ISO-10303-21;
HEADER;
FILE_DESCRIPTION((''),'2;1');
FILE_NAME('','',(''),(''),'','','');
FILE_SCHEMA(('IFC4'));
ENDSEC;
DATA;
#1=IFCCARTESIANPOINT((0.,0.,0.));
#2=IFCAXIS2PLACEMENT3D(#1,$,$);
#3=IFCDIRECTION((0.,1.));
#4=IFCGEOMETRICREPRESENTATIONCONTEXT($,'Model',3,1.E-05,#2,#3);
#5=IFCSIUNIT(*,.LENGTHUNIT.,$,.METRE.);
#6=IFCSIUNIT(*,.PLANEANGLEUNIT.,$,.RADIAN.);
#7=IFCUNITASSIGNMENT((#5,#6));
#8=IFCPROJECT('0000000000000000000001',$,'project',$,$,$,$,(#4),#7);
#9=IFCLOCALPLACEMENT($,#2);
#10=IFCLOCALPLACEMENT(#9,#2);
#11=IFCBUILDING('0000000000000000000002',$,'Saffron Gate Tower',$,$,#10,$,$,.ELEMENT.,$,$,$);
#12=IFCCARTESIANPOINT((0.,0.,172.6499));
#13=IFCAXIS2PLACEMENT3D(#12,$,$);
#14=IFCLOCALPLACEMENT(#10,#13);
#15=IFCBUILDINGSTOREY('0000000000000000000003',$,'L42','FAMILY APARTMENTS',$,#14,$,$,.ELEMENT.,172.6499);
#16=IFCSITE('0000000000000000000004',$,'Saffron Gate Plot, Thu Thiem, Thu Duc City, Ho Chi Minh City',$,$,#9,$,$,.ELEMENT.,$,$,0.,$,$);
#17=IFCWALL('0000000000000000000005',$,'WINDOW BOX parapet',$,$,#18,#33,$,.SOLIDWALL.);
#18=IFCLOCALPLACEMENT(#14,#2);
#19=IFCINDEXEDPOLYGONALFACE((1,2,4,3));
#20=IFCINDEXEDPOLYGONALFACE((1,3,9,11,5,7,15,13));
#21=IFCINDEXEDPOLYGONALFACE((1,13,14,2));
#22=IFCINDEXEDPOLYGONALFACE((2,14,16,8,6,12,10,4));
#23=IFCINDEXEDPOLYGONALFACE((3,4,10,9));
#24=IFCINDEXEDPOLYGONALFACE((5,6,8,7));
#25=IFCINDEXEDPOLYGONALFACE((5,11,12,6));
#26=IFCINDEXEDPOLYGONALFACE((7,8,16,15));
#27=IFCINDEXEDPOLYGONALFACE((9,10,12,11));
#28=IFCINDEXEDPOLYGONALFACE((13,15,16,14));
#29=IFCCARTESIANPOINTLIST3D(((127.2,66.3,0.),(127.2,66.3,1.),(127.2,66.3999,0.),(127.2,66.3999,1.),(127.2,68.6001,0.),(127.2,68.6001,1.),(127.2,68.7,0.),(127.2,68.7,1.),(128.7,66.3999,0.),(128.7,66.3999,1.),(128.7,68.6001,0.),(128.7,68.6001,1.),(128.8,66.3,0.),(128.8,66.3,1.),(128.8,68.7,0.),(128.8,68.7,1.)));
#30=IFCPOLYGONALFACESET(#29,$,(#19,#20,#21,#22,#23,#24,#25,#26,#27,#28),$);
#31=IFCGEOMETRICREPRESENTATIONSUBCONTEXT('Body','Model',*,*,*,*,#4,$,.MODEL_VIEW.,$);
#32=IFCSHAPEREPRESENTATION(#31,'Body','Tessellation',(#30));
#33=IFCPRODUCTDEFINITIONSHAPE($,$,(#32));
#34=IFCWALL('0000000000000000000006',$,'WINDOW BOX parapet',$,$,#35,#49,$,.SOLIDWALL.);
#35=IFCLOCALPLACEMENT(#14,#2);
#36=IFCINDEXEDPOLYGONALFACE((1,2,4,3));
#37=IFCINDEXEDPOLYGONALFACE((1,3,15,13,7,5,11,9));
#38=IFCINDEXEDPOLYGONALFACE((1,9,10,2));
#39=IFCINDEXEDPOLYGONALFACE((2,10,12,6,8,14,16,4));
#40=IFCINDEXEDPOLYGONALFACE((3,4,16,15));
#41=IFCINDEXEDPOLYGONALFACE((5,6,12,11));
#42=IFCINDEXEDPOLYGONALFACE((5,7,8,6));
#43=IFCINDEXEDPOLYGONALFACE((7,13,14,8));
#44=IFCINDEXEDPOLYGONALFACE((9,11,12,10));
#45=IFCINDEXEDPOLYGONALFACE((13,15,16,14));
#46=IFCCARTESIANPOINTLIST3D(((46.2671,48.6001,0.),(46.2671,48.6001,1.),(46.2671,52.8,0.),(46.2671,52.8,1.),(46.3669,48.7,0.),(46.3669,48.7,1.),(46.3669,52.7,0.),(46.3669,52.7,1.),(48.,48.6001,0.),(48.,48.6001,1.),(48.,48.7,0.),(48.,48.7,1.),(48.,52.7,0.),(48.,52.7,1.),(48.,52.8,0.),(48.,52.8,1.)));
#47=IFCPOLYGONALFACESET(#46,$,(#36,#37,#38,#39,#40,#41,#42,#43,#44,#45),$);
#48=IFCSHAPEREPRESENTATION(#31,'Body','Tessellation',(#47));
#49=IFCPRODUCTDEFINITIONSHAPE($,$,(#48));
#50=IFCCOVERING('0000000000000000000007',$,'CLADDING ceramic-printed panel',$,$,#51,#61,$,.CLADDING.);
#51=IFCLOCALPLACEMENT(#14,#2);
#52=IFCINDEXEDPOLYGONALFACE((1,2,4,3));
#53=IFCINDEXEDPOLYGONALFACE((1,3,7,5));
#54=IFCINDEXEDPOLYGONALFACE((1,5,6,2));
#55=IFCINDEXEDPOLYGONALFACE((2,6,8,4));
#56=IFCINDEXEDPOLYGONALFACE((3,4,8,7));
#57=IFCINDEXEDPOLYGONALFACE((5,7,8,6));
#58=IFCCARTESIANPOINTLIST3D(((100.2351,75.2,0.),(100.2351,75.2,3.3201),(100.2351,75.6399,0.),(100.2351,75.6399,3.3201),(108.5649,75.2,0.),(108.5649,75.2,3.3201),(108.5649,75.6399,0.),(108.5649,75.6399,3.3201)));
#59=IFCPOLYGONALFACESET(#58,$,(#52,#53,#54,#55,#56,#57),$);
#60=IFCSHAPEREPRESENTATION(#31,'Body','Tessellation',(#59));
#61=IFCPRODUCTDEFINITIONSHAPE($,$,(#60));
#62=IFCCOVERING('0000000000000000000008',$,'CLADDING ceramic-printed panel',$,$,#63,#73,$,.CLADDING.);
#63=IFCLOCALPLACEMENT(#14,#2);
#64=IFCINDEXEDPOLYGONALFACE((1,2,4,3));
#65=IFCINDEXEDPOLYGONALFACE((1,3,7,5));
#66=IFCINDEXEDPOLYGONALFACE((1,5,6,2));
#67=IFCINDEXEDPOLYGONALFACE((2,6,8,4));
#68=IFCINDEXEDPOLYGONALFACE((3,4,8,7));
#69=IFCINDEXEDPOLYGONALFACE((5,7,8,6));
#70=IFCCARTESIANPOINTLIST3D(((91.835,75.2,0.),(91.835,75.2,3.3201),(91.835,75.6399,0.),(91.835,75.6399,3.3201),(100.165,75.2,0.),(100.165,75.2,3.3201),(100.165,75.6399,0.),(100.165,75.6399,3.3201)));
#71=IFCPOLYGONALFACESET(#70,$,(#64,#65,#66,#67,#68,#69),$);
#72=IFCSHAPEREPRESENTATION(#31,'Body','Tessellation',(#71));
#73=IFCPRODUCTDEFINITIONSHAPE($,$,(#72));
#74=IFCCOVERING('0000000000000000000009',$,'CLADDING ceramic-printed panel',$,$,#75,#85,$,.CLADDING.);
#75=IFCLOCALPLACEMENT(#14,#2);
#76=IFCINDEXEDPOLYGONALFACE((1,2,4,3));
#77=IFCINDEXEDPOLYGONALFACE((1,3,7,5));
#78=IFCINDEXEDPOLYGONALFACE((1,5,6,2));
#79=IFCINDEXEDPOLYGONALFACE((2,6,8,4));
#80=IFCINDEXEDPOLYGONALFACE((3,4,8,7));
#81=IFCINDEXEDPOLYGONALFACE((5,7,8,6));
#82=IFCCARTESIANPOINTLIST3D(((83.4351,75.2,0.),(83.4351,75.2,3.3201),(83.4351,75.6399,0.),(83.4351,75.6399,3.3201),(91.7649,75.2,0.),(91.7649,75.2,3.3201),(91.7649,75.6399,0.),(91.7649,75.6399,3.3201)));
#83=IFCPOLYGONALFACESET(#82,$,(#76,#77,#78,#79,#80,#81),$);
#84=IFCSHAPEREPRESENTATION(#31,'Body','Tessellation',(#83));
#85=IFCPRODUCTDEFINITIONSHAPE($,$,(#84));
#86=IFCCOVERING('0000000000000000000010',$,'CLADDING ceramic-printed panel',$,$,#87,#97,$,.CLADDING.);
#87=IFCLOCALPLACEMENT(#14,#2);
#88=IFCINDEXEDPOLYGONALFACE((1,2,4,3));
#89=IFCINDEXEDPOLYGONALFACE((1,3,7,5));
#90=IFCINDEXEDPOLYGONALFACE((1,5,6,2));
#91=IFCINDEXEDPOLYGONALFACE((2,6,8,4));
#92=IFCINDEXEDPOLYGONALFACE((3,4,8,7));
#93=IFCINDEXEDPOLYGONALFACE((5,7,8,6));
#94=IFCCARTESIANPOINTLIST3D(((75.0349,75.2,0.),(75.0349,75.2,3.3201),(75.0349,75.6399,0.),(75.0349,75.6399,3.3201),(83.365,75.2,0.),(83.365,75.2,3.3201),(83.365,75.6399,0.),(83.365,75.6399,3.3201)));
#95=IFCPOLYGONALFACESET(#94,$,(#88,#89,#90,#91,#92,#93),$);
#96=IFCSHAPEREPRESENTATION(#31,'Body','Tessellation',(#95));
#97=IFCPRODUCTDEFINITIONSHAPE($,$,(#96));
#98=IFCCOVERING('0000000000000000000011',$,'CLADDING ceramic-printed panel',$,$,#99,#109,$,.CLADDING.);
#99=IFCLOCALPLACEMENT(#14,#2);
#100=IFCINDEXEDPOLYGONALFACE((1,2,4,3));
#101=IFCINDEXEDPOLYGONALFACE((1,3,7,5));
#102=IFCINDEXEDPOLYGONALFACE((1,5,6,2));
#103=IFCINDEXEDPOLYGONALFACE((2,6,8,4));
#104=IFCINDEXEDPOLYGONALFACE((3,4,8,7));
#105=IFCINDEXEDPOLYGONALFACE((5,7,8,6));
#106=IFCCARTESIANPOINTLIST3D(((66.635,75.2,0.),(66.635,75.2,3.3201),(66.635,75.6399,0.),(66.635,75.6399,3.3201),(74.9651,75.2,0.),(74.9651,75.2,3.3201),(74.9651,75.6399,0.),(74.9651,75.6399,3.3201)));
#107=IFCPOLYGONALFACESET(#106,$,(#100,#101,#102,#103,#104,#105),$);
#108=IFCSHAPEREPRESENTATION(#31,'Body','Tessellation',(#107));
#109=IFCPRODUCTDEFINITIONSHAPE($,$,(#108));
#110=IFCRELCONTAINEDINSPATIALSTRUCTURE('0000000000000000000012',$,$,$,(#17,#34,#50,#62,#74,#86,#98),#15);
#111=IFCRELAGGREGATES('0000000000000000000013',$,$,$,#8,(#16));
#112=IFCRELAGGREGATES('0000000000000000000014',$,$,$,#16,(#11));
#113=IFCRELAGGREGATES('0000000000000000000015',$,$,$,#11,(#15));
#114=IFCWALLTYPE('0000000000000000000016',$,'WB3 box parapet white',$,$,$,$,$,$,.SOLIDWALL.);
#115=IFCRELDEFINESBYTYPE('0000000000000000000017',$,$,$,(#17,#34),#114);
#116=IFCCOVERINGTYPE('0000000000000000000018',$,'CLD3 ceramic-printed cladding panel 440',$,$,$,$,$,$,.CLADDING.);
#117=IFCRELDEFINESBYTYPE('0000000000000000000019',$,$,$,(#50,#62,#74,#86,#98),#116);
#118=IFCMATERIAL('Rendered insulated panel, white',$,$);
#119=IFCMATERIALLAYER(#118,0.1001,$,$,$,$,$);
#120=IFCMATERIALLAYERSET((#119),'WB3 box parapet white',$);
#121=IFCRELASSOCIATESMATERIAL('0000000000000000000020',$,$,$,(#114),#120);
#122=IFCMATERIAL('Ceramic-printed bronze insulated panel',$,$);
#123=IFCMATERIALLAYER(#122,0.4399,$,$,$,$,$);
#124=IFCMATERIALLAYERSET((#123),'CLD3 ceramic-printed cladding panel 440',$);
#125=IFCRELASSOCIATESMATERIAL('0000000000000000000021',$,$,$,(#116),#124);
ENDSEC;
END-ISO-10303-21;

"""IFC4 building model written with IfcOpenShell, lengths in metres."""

from ifc_helpers import new_model, si_unit, direction, frame, origin, place, context, subcontext, project, spatial, polyline, outline, extrude, material, layer, layer_set, type_object, element, save


model = new_model("IFC4")

# Units and contexts
model_context = context("Model", 3, precision=1e-05, world=origin(), true_north=direction((0.0, 1.0)))
body_context = subcontext(model_context, "Body", "Model", "MODEL_VIEW")
ifc_project = project(units=[si_unit("LENGTHUNIT", "METRE"), si_unit("PLANEANGLEUNIT", "RADIAN")], contexts=[model_context])

# Site, building, storey
site_placement = place(None, origin())
site = spatial("IfcSite", under=ifc_project, at=site_placement, Name="Saffron Gate Plot, Thu Thiem, Thu Duc City, Ho Chi Minh City", CompositionType="ELEMENT", RefElevation=0.0)
building_placement = place(site_placement, origin())
building = spatial("IfcBuilding", under=site, at=building_placement, Name="Saffron Gate Tower", CompositionType="ELEMENT")
storey_placement = place(building_placement, frame((0.0, 0.0, 172.6499)))
storey = spatial("IfcBuildingStorey", under=building, at=storey_placement, Name="L42", Description="FAMILY APARTMENTS", CompositionType="ELEMENT", Elevation=172.6499)

# Walls
ifc_material_1 = material(Name="Rendered insulated panel, white")
ifc_layer_1 = layer(ifc_material_1, 0.1001)
ifc_layer_set_1 = layer_set([ifc_layer_1], Name="WB3 box parapet white")
wall_type = type_object("IfcWallType", Name="WB3 box parapet white", PredefinedType="SOLIDWALL", material=ifc_layer_set_1)
wall_1_placement = place(storey_placement, origin())
element("IfcWall", 1, at=wall_1_placement, inside=storey, type_object=wall_type, Name="WINDOW BOX parapet", PredefinedType="SOLIDWALL", context=body_context, shape_type="SweptSolid", body=[
    extrude(outline(polyline([(127.2, 66.3), (127.2, 66.3999), (128.7, 66.3999), (128.7, 68.6001), (127.2, 68.6001), (127.2, 68.7), (128.8, 68.7), (128.8, 66.3), (127.2, 66.3)])), origin(), (0.0, 0.0, 1.0), 1.0),
])
wall_2_placement = place(storey_placement, origin())
element("IfcWall", 2, at=wall_2_placement, inside=storey, type_object=wall_type, Name="WINDOW BOX parapet", PredefinedType="SOLIDWALL", context=body_context, shape_type="SweptSolid", body=[
    extrude(outline(polyline([(48.0, 52.8), (48.0, 52.7), (46.3669, 52.7), (46.3669, 48.7), (48.0, 48.7), (48.0, 48.6001), (46.2671, 48.6001), (46.2671, 52.8), (48.0, 52.8)])), origin(), (0.0, 0.0, 1.0), 1.0),
])

# Coverings
ifc_material_2 = material(Name="Ceramic-printed bronze insulated panel")
ifc_layer_2 = layer(ifc_material_2, 0.4399)
ifc_layer_set_2 = layer_set([ifc_layer_2], Name="CLD3 ceramic-printed cladding panel 440")
covering_type = type_object("IfcCoveringType", Name="CLD3 ceramic-printed cladding panel 440", PredefinedType="CLADDING", material=ifc_layer_set_2)
covering_1_placement = place(storey_placement, origin())
element("IfcCovering", 3, at=covering_1_placement, inside=storey, type_object=covering_type, Name="CLADDING ceramic-printed panel", PredefinedType="CLADDING", context=body_context, shape_type="SweptSolid", body=[
    extrude(outline(polyline([(108.5649, 75.6399), (100.2351, 75.6399), (100.2351, 75.2), (108.5649, 75.2), (108.5649, 75.6399)])), origin(), (0.0, 0.0, 1.0), 3.3201),
])
covering_2_placement = place(storey_placement, origin())
element("IfcCovering", 4, at=covering_2_placement, inside=storey, type_object=covering_type, Name="CLADDING ceramic-printed panel", PredefinedType="CLADDING", context=body_context, shape_type="SweptSolid", body=[
    extrude(outline(polyline([(100.165, 75.6399), (91.835, 75.6399), (91.835, 75.2), (100.165, 75.2), (100.165, 75.6399)])), origin(), (0.0, 0.0, 1.0), 3.3201),
])
covering_3_placement = place(storey_placement, origin())
element("IfcCovering", 5, at=covering_3_placement, inside=storey, type_object=covering_type, Name="CLADDING ceramic-printed panel", PredefinedType="CLADDING", context=body_context, shape_type="SweptSolid", body=[
    extrude(outline(polyline([(91.7649, 75.6399), (83.4351, 75.6399), (83.4351, 75.2), (91.7649, 75.2), (91.7649, 75.6399)])), origin(), (0.0, 0.0, 1.0), 3.3201),
])
covering_4_placement = place(storey_placement, origin())
element("IfcCovering", 6, at=covering_4_placement, inside=storey, type_object=covering_type, Name="CLADDING ceramic-printed panel", PredefinedType="CLADDING", context=body_context, shape_type="SweptSolid", body=[
    extrude(outline(polyline([(83.365, 75.6399), (75.0349, 75.6399), (75.0349, 75.2), (83.365, 75.2), (83.365, 75.6399)])), origin(), (0.0, 0.0, 1.0), 3.3201),
])
covering_5_placement = place(storey_placement, origin())
element("IfcCovering", 7, at=covering_5_placement, inside=storey, type_object=covering_type, Name="CLADDING ceramic-printed panel", PredefinedType="CLADDING", context=body_context, shape_type="SweptSolid", body=[
    extrude(outline(polyline([(74.9651, 75.6399), (66.635, 75.6399), (66.635, 75.2), (74.9651, 75.2), (74.9651, 75.6399)])), origin(), (0.0, 0.0, 1.0), 3.3201),
])

save(model, "model.ifc")
